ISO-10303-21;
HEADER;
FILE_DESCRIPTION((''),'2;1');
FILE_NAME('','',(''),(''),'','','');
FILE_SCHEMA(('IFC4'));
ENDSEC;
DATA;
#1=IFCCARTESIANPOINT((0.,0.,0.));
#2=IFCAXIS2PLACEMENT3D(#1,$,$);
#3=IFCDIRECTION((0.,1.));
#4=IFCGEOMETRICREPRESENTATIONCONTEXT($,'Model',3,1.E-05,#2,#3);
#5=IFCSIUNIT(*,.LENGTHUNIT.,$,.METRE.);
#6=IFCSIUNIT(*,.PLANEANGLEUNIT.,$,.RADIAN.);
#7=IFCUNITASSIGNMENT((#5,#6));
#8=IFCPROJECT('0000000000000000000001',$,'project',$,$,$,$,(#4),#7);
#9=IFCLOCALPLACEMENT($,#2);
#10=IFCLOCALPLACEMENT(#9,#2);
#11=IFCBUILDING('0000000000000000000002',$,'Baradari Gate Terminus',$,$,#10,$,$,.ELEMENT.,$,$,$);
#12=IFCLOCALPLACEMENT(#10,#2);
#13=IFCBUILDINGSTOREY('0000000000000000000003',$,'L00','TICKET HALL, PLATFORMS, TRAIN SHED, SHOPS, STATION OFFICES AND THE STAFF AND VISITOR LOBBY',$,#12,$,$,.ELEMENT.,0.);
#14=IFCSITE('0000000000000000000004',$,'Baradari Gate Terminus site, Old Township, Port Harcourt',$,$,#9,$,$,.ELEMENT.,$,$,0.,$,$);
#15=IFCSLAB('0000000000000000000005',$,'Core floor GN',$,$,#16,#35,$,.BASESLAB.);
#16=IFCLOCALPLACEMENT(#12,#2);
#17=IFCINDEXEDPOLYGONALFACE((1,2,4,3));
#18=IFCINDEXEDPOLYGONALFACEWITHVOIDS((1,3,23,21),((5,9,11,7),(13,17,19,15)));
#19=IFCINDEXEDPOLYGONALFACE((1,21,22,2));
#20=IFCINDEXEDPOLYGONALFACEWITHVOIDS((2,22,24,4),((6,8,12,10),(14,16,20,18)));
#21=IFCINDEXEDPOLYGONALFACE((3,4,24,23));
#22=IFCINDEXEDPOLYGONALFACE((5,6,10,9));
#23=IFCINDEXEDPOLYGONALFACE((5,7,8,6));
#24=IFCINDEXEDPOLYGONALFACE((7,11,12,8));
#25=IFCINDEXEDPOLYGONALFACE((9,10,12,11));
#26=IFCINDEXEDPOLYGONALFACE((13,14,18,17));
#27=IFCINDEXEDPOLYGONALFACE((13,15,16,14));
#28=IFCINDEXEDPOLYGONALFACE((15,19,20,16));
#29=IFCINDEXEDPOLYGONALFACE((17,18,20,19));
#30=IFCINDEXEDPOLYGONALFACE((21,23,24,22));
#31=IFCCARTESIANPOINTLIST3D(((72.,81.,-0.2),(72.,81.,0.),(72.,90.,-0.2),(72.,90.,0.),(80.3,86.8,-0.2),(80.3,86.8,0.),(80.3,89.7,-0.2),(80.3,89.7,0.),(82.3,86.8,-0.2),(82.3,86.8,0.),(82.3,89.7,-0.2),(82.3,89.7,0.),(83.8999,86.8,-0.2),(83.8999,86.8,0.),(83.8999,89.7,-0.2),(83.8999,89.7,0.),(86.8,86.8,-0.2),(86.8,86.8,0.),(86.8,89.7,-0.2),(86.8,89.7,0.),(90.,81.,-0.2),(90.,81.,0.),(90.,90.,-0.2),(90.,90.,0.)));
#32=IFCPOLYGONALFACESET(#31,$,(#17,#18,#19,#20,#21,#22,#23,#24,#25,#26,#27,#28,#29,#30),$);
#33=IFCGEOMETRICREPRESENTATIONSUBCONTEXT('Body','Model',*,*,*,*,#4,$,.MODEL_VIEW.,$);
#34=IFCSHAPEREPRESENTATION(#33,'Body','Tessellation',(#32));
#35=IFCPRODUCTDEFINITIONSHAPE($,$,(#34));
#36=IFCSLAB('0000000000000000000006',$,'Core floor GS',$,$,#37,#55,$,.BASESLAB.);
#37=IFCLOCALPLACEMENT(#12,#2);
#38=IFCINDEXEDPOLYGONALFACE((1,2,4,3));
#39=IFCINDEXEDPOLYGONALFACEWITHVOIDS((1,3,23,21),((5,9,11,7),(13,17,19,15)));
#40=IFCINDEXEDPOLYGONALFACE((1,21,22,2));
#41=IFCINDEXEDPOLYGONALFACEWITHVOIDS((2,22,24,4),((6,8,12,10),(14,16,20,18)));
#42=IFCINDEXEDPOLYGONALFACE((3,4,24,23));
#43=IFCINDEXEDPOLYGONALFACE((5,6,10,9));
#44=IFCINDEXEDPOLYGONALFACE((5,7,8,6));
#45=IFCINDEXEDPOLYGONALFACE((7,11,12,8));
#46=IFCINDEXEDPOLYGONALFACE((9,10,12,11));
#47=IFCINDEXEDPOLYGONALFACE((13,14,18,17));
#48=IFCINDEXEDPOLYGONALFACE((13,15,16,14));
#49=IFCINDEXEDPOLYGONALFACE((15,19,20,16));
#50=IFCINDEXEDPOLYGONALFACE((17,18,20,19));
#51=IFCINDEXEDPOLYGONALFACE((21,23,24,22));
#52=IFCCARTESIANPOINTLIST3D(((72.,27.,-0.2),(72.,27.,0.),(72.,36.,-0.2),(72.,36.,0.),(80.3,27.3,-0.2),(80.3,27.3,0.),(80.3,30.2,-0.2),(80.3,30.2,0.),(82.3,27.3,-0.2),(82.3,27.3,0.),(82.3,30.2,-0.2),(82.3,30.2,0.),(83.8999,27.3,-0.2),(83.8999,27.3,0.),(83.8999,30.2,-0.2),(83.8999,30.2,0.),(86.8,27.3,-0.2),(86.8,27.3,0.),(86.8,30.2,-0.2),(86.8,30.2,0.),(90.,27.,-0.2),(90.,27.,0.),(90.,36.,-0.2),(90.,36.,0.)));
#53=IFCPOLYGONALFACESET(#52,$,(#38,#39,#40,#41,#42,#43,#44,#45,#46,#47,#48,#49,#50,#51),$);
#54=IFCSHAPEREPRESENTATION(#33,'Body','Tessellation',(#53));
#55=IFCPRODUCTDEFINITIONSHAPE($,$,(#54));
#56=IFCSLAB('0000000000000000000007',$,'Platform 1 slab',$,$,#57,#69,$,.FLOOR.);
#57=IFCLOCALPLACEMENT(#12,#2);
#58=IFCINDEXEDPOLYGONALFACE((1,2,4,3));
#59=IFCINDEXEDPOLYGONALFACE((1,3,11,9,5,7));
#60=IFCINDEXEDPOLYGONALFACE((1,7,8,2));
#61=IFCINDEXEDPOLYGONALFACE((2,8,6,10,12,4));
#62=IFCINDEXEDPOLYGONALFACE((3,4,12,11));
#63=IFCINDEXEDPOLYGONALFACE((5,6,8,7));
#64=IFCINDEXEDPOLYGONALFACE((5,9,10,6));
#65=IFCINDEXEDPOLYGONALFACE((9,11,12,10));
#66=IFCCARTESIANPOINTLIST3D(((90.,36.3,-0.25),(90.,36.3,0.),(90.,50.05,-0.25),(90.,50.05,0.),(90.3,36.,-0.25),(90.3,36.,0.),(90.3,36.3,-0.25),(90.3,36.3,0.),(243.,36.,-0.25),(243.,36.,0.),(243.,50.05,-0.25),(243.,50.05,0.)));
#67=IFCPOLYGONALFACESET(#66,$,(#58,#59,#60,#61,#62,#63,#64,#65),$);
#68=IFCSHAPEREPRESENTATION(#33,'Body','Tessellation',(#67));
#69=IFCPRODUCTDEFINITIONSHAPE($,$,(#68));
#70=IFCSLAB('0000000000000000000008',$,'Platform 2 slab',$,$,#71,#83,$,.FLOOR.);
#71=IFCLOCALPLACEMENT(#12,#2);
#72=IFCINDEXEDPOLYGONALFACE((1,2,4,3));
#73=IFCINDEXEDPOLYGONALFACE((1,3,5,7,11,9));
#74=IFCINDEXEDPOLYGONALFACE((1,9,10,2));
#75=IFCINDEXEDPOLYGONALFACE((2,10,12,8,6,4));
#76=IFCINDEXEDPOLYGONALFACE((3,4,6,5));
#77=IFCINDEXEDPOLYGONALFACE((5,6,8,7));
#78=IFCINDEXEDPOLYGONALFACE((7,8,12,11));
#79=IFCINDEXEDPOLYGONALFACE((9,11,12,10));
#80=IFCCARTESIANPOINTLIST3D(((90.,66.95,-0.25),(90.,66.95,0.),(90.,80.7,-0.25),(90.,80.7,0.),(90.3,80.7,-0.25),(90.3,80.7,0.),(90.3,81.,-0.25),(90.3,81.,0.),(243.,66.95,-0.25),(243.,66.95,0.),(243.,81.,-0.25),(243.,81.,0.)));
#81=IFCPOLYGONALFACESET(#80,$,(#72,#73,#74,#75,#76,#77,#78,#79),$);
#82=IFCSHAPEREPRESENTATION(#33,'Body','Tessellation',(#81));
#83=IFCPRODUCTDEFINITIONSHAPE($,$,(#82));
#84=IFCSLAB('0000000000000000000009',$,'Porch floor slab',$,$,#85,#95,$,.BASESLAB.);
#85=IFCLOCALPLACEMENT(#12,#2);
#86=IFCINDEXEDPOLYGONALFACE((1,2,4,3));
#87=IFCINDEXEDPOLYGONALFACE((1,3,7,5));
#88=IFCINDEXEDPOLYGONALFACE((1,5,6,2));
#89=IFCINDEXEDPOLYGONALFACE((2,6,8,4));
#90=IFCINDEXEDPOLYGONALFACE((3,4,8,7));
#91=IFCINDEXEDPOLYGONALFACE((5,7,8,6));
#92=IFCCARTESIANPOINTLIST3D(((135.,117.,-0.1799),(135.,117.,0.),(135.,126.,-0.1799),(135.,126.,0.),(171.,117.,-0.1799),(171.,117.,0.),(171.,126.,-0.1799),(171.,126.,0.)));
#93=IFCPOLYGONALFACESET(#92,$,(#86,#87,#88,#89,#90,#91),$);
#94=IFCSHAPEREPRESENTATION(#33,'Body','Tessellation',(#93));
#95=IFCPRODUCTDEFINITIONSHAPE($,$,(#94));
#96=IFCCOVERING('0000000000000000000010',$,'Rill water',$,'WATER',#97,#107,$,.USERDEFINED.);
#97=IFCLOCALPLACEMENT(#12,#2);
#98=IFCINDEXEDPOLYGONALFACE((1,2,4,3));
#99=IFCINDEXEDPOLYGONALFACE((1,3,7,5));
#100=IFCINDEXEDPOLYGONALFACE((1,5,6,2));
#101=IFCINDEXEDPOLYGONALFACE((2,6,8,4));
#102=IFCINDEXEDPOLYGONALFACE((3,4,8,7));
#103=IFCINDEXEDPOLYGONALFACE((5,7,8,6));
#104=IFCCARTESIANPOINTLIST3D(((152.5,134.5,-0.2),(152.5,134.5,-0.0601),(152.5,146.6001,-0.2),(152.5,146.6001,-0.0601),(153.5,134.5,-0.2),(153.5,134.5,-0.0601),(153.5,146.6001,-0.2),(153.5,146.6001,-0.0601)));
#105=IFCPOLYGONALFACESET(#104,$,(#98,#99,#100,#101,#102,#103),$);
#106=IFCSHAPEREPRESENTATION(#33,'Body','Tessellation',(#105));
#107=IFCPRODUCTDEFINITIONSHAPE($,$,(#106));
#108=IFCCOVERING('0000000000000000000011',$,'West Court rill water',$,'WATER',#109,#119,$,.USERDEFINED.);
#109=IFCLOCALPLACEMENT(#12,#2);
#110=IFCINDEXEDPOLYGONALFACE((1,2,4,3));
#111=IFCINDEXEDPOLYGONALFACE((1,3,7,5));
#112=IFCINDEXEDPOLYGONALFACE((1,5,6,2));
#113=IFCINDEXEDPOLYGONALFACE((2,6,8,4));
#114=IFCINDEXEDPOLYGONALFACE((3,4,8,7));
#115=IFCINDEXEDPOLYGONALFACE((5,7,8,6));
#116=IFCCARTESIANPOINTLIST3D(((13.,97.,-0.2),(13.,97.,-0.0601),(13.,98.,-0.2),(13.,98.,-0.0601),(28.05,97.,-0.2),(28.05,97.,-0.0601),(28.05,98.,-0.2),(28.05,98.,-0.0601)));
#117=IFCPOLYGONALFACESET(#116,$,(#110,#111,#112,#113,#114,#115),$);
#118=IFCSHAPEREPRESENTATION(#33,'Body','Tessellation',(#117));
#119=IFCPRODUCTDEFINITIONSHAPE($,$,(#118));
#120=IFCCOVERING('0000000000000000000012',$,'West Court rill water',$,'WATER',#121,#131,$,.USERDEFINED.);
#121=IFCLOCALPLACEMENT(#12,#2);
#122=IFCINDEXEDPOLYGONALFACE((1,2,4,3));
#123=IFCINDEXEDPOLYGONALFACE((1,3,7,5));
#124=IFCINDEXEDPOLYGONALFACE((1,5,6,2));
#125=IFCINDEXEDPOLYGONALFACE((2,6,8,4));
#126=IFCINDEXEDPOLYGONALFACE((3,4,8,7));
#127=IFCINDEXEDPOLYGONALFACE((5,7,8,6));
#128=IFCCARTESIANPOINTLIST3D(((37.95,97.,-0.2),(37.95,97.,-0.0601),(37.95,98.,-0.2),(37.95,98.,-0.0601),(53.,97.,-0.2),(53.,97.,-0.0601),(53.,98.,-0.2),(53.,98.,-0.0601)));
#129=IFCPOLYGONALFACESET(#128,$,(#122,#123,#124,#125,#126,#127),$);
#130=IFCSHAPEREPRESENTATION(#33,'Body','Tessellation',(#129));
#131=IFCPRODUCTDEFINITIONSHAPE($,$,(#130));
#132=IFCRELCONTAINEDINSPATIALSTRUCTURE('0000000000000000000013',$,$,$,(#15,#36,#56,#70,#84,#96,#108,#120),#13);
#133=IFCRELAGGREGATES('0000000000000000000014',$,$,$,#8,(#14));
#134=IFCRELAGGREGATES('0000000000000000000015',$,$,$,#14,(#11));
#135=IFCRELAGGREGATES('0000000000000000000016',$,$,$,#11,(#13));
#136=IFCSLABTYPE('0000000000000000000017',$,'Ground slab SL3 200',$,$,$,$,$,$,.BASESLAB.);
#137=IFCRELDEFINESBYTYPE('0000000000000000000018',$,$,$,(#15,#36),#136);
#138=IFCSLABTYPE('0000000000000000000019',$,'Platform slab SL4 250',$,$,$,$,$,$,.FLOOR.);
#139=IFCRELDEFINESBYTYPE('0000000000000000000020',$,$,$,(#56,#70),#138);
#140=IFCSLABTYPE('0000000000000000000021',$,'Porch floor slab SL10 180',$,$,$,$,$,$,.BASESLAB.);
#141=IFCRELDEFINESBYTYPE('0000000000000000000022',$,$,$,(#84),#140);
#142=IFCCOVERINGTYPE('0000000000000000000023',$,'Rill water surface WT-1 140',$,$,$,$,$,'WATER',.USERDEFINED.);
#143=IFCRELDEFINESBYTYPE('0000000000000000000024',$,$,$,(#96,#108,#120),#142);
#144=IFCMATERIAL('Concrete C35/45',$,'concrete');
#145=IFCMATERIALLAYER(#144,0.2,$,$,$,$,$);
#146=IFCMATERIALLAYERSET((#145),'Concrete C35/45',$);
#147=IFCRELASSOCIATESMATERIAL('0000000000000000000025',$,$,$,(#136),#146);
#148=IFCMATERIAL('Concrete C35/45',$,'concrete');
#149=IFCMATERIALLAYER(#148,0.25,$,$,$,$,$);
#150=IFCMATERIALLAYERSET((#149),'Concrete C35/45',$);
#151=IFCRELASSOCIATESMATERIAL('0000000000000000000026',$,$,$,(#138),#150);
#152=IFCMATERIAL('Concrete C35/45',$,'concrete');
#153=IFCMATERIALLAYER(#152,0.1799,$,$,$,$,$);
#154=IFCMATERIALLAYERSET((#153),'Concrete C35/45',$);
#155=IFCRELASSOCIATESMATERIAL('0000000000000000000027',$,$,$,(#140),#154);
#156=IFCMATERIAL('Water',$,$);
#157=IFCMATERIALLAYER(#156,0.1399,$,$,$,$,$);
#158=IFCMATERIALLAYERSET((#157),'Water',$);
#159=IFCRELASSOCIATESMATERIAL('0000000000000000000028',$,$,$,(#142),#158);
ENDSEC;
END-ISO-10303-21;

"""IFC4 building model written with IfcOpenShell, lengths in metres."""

from ifc_helpers import new_model, si_unit, direction, frame, origin, place, context, subcontext, project, spatial, polyline, outline, extrude, material, layer, layer_set, type_object, element, save


model = new_model("IFC4")

# Units and contexts
model_context = context("Model", 3, precision=1e-05, world=origin(), true_north=direction((0.0, 1.0)))
body_context = subcontext(model_context, "Body", "Model", "MODEL_VIEW")
ifc_project = project(units=[si_unit("LENGTHUNIT", "METRE"), si_unit("PLANEANGLEUNIT", "RADIAN")], contexts=[model_context])

# Site, building, storey
site_placement = place(None, origin())
site = spatial("IfcSite", under=ifc_project, at=site_placement, Name="Baradari Gate Terminus site, Old Township, Port Harcourt", CompositionType="ELEMENT", RefElevation=0.0)
building_placement = place(site_placement, origin())
building = spatial("IfcBuilding", under=site, at=building_placement, Name="Baradari Gate Terminus", CompositionType="ELEMENT")
storey_placement = place(building_placement, origin())
storey = spatial("IfcBuildingStorey", under=building, at=storey_placement, Name="L00", Description="TICKET HALL, PLATFORMS, TRAIN SHED, SHOPS, STATION OFFICES AND THE STAFF AND VISITOR LOBBY", CompositionType="ELEMENT", Elevation=0.0)

# Slabs
ifc_material_1 = material(Name="Concrete C35/45", Category="concrete")
ifc_layer_1 = layer(ifc_material_1, 0.2)
ifc_layer_set_1 = layer_set([ifc_layer_1], Name="Concrete C35/45")
slab_type_1 = type_object("IfcSlabType", Name="Ground slab SL3 200", PredefinedType="BASESLAB", material=ifc_layer_set_1)
slab_1_placement = place(storey_placement, frame((0.0, 0.0, -0.2)))
element("IfcSlab", 1, at=slab_1_placement, inside=storey, type_object=slab_type_1, Name="Core floor GN", PredefinedType="BASESLAB", context=body_context, shape_type="SweptSolid", body=[
    extrude(outline(polyline([(72.0, 90.0), (72.0, 81.0), (90.0, 81.0), (90.0, 90.0), (72.0, 90.0)]), holes=[polyline([(86.8, 89.7), (83.8999, 89.7), (83.8999, 86.8), (86.8, 86.8), (86.8, 89.7)]), polyline([(80.3, 89.7), (80.3, 86.8), (82.3, 86.8), (82.3, 89.7), (80.3, 89.7)])]), origin(), (0.0, 0.0, 1.0), 0.2),
])
slab_2_placement = place(storey_placement, frame((0.0, 0.0, -0.2)))
element("IfcSlab", 2, at=slab_2_placement, inside=storey, type_object=slab_type_1, Name="Core floor GS", PredefinedType="BASESLAB", context=body_context, shape_type="SweptSolid", body=[
    extrude(outline(polyline([(72.0, 36.0), (72.0, 27.0), (90.0, 27.0), (90.0, 36.0), (72.0, 36.0)]), holes=[polyline([(86.8, 30.2), (83.8999, 30.2), (83.8999, 27.3), (86.8, 27.3), (86.8, 30.2)]), polyline([(80.3, 30.2), (80.3, 27.3), (82.3, 27.3), (82.3, 30.2), (80.3, 30.2)])]), origin(), (0.0, 0.0, 1.0), 0.2),
])
ifc_material_2 = material(Name="Concrete C35/45", Category="concrete")
ifc_layer_2 = layer(ifc_material_2, 0.25)
ifc_layer_set_2 = layer_set([ifc_layer_2], Name="Concrete C35/45")
slab_type_2 = type_object("IfcSlabType", Name="Platform slab SL4 250", PredefinedType="FLOOR", material=ifc_layer_set_2)
slab_3_placement = place(storey_placement, frame((0.0, 0.0, -0.25)))
element("IfcSlab", 3, at=slab_3_placement, inside=storey, type_object=slab_type_2, Name="Platform 1 slab", PredefinedType="FLOOR", context=body_context, shape_type="SweptSolid", body=[
    extrude(outline(polyline([(90.0, 50.05), (90.0, 36.3), (90.3, 36.3), (90.3, 36.0), (243.0, 36.0), (243.0, 50.05), (90.0, 50.05)])), origin(), (0.0, 0.0, 1.0), 0.25),
])
slab_4_placement = place(storey_placement, frame((0.0, 0.0, -0.25)))
element("IfcSlab", 4, at=slab_4_placement, inside=storey, type_object=slab_type_2, Name="Platform 2 slab", PredefinedType="FLOOR", context=body_context, shape_type="SweptSolid", body=[
    extrude(outline(polyline([(90.0, 80.7), (90.0, 66.95), (243.0, 66.95), (243.0, 81.0), (90.3, 81.0), (90.3, 80.7), (90.0, 80.7)])), origin(), (0.0, 0.0, 1.0), 0.25),
])
ifc_material_3 = material(Name="Concrete C35/45", Category="concrete")
ifc_layer_3 = layer(ifc_material_3, 0.1799)
ifc_layer_set_3 = layer_set([ifc_layer_3], Name="Concrete C35/45")
slab_type_3 = type_object("IfcSlabType", Name="Porch floor slab SL10 180", PredefinedType="BASESLAB", material=ifc_layer_set_3)
slab_5_placement = place(storey_placement, frame((0.0, 0.0, -0.1799)))
element("IfcSlab", 5, at=slab_5_placement, inside=storey, type_object=slab_type_3, Name="Porch floor slab", PredefinedType="BASESLAB", context=body_context, shape_type="SweptSolid", body=[
    extrude(outline(polyline([(171.0, 117.0), (171.0, 126.0), (135.0, 126.0), (135.0, 117.0), (171.0, 117.0)])), origin(), (0.0, 0.0, 1.0), 0.1799),
])

# Coverings
ifc_material_4 = material(Name="Water")
ifc_layer_4 = layer(ifc_material_4, 0.1399)
ifc_layer_set_4 = layer_set([ifc_layer_4], Name="Water")
covering_type = type_object("IfcCoveringType", Name="Rill water surface WT-1 140", ElementType="WATER", PredefinedType="USERDEFINED", material=ifc_layer_set_4)
covering_1_placement = place(storey_placement, frame((0.0, 0.0, -0.2)))
element("IfcCovering", 6, at=covering_1_placement, inside=storey, type_object=covering_type, Name="Rill water", ObjectType="WATER", PredefinedType="USERDEFINED", context=body_context, shape_type="SweptSolid", body=[
    extrude(outline(polyline([(153.5, 134.5), (153.5, 146.6001), (152.5, 146.6001), (152.5, 134.5), (153.5, 134.5)])), origin(), (0.0, 0.0, 1.0), 0.1399),
])
covering_2_placement = place(storey_placement, frame((0.0, 0.0, -0.2)))
element("IfcCovering", 7, at=covering_2_placement, inside=storey, type_object=covering_type, Name="West Court rill water", ObjectType="WATER", PredefinedType="USERDEFINED", context=body_context, shape_type="SweptSolid", body=[
    extrude(outline(polyline([(13.0, 97.0), (28.05, 97.0), (28.05, 98.0), (13.0, 98.0), (13.0, 97.0)])), origin(), (0.0, 0.0, 1.0), 0.1399),
])
covering_3_placement = place(storey_placement, frame((0.0, 0.0, -0.2)))
element("IfcCovering", 8, at=covering_3_placement, inside=storey, type_object=covering_type, Name="West Court rill water", ObjectType="WATER", PredefinedType="USERDEFINED", context=body_context, shape_type="SweptSolid", body=[
    extrude(outline(polyline([(53.0, 98.0), (37.95, 98.0), (37.95, 97.0), (53.0, 97.0), (53.0, 98.0)])), origin(), (0.0, 0.0, 1.0), 0.1399),
])

save(model, "model.ifc")
